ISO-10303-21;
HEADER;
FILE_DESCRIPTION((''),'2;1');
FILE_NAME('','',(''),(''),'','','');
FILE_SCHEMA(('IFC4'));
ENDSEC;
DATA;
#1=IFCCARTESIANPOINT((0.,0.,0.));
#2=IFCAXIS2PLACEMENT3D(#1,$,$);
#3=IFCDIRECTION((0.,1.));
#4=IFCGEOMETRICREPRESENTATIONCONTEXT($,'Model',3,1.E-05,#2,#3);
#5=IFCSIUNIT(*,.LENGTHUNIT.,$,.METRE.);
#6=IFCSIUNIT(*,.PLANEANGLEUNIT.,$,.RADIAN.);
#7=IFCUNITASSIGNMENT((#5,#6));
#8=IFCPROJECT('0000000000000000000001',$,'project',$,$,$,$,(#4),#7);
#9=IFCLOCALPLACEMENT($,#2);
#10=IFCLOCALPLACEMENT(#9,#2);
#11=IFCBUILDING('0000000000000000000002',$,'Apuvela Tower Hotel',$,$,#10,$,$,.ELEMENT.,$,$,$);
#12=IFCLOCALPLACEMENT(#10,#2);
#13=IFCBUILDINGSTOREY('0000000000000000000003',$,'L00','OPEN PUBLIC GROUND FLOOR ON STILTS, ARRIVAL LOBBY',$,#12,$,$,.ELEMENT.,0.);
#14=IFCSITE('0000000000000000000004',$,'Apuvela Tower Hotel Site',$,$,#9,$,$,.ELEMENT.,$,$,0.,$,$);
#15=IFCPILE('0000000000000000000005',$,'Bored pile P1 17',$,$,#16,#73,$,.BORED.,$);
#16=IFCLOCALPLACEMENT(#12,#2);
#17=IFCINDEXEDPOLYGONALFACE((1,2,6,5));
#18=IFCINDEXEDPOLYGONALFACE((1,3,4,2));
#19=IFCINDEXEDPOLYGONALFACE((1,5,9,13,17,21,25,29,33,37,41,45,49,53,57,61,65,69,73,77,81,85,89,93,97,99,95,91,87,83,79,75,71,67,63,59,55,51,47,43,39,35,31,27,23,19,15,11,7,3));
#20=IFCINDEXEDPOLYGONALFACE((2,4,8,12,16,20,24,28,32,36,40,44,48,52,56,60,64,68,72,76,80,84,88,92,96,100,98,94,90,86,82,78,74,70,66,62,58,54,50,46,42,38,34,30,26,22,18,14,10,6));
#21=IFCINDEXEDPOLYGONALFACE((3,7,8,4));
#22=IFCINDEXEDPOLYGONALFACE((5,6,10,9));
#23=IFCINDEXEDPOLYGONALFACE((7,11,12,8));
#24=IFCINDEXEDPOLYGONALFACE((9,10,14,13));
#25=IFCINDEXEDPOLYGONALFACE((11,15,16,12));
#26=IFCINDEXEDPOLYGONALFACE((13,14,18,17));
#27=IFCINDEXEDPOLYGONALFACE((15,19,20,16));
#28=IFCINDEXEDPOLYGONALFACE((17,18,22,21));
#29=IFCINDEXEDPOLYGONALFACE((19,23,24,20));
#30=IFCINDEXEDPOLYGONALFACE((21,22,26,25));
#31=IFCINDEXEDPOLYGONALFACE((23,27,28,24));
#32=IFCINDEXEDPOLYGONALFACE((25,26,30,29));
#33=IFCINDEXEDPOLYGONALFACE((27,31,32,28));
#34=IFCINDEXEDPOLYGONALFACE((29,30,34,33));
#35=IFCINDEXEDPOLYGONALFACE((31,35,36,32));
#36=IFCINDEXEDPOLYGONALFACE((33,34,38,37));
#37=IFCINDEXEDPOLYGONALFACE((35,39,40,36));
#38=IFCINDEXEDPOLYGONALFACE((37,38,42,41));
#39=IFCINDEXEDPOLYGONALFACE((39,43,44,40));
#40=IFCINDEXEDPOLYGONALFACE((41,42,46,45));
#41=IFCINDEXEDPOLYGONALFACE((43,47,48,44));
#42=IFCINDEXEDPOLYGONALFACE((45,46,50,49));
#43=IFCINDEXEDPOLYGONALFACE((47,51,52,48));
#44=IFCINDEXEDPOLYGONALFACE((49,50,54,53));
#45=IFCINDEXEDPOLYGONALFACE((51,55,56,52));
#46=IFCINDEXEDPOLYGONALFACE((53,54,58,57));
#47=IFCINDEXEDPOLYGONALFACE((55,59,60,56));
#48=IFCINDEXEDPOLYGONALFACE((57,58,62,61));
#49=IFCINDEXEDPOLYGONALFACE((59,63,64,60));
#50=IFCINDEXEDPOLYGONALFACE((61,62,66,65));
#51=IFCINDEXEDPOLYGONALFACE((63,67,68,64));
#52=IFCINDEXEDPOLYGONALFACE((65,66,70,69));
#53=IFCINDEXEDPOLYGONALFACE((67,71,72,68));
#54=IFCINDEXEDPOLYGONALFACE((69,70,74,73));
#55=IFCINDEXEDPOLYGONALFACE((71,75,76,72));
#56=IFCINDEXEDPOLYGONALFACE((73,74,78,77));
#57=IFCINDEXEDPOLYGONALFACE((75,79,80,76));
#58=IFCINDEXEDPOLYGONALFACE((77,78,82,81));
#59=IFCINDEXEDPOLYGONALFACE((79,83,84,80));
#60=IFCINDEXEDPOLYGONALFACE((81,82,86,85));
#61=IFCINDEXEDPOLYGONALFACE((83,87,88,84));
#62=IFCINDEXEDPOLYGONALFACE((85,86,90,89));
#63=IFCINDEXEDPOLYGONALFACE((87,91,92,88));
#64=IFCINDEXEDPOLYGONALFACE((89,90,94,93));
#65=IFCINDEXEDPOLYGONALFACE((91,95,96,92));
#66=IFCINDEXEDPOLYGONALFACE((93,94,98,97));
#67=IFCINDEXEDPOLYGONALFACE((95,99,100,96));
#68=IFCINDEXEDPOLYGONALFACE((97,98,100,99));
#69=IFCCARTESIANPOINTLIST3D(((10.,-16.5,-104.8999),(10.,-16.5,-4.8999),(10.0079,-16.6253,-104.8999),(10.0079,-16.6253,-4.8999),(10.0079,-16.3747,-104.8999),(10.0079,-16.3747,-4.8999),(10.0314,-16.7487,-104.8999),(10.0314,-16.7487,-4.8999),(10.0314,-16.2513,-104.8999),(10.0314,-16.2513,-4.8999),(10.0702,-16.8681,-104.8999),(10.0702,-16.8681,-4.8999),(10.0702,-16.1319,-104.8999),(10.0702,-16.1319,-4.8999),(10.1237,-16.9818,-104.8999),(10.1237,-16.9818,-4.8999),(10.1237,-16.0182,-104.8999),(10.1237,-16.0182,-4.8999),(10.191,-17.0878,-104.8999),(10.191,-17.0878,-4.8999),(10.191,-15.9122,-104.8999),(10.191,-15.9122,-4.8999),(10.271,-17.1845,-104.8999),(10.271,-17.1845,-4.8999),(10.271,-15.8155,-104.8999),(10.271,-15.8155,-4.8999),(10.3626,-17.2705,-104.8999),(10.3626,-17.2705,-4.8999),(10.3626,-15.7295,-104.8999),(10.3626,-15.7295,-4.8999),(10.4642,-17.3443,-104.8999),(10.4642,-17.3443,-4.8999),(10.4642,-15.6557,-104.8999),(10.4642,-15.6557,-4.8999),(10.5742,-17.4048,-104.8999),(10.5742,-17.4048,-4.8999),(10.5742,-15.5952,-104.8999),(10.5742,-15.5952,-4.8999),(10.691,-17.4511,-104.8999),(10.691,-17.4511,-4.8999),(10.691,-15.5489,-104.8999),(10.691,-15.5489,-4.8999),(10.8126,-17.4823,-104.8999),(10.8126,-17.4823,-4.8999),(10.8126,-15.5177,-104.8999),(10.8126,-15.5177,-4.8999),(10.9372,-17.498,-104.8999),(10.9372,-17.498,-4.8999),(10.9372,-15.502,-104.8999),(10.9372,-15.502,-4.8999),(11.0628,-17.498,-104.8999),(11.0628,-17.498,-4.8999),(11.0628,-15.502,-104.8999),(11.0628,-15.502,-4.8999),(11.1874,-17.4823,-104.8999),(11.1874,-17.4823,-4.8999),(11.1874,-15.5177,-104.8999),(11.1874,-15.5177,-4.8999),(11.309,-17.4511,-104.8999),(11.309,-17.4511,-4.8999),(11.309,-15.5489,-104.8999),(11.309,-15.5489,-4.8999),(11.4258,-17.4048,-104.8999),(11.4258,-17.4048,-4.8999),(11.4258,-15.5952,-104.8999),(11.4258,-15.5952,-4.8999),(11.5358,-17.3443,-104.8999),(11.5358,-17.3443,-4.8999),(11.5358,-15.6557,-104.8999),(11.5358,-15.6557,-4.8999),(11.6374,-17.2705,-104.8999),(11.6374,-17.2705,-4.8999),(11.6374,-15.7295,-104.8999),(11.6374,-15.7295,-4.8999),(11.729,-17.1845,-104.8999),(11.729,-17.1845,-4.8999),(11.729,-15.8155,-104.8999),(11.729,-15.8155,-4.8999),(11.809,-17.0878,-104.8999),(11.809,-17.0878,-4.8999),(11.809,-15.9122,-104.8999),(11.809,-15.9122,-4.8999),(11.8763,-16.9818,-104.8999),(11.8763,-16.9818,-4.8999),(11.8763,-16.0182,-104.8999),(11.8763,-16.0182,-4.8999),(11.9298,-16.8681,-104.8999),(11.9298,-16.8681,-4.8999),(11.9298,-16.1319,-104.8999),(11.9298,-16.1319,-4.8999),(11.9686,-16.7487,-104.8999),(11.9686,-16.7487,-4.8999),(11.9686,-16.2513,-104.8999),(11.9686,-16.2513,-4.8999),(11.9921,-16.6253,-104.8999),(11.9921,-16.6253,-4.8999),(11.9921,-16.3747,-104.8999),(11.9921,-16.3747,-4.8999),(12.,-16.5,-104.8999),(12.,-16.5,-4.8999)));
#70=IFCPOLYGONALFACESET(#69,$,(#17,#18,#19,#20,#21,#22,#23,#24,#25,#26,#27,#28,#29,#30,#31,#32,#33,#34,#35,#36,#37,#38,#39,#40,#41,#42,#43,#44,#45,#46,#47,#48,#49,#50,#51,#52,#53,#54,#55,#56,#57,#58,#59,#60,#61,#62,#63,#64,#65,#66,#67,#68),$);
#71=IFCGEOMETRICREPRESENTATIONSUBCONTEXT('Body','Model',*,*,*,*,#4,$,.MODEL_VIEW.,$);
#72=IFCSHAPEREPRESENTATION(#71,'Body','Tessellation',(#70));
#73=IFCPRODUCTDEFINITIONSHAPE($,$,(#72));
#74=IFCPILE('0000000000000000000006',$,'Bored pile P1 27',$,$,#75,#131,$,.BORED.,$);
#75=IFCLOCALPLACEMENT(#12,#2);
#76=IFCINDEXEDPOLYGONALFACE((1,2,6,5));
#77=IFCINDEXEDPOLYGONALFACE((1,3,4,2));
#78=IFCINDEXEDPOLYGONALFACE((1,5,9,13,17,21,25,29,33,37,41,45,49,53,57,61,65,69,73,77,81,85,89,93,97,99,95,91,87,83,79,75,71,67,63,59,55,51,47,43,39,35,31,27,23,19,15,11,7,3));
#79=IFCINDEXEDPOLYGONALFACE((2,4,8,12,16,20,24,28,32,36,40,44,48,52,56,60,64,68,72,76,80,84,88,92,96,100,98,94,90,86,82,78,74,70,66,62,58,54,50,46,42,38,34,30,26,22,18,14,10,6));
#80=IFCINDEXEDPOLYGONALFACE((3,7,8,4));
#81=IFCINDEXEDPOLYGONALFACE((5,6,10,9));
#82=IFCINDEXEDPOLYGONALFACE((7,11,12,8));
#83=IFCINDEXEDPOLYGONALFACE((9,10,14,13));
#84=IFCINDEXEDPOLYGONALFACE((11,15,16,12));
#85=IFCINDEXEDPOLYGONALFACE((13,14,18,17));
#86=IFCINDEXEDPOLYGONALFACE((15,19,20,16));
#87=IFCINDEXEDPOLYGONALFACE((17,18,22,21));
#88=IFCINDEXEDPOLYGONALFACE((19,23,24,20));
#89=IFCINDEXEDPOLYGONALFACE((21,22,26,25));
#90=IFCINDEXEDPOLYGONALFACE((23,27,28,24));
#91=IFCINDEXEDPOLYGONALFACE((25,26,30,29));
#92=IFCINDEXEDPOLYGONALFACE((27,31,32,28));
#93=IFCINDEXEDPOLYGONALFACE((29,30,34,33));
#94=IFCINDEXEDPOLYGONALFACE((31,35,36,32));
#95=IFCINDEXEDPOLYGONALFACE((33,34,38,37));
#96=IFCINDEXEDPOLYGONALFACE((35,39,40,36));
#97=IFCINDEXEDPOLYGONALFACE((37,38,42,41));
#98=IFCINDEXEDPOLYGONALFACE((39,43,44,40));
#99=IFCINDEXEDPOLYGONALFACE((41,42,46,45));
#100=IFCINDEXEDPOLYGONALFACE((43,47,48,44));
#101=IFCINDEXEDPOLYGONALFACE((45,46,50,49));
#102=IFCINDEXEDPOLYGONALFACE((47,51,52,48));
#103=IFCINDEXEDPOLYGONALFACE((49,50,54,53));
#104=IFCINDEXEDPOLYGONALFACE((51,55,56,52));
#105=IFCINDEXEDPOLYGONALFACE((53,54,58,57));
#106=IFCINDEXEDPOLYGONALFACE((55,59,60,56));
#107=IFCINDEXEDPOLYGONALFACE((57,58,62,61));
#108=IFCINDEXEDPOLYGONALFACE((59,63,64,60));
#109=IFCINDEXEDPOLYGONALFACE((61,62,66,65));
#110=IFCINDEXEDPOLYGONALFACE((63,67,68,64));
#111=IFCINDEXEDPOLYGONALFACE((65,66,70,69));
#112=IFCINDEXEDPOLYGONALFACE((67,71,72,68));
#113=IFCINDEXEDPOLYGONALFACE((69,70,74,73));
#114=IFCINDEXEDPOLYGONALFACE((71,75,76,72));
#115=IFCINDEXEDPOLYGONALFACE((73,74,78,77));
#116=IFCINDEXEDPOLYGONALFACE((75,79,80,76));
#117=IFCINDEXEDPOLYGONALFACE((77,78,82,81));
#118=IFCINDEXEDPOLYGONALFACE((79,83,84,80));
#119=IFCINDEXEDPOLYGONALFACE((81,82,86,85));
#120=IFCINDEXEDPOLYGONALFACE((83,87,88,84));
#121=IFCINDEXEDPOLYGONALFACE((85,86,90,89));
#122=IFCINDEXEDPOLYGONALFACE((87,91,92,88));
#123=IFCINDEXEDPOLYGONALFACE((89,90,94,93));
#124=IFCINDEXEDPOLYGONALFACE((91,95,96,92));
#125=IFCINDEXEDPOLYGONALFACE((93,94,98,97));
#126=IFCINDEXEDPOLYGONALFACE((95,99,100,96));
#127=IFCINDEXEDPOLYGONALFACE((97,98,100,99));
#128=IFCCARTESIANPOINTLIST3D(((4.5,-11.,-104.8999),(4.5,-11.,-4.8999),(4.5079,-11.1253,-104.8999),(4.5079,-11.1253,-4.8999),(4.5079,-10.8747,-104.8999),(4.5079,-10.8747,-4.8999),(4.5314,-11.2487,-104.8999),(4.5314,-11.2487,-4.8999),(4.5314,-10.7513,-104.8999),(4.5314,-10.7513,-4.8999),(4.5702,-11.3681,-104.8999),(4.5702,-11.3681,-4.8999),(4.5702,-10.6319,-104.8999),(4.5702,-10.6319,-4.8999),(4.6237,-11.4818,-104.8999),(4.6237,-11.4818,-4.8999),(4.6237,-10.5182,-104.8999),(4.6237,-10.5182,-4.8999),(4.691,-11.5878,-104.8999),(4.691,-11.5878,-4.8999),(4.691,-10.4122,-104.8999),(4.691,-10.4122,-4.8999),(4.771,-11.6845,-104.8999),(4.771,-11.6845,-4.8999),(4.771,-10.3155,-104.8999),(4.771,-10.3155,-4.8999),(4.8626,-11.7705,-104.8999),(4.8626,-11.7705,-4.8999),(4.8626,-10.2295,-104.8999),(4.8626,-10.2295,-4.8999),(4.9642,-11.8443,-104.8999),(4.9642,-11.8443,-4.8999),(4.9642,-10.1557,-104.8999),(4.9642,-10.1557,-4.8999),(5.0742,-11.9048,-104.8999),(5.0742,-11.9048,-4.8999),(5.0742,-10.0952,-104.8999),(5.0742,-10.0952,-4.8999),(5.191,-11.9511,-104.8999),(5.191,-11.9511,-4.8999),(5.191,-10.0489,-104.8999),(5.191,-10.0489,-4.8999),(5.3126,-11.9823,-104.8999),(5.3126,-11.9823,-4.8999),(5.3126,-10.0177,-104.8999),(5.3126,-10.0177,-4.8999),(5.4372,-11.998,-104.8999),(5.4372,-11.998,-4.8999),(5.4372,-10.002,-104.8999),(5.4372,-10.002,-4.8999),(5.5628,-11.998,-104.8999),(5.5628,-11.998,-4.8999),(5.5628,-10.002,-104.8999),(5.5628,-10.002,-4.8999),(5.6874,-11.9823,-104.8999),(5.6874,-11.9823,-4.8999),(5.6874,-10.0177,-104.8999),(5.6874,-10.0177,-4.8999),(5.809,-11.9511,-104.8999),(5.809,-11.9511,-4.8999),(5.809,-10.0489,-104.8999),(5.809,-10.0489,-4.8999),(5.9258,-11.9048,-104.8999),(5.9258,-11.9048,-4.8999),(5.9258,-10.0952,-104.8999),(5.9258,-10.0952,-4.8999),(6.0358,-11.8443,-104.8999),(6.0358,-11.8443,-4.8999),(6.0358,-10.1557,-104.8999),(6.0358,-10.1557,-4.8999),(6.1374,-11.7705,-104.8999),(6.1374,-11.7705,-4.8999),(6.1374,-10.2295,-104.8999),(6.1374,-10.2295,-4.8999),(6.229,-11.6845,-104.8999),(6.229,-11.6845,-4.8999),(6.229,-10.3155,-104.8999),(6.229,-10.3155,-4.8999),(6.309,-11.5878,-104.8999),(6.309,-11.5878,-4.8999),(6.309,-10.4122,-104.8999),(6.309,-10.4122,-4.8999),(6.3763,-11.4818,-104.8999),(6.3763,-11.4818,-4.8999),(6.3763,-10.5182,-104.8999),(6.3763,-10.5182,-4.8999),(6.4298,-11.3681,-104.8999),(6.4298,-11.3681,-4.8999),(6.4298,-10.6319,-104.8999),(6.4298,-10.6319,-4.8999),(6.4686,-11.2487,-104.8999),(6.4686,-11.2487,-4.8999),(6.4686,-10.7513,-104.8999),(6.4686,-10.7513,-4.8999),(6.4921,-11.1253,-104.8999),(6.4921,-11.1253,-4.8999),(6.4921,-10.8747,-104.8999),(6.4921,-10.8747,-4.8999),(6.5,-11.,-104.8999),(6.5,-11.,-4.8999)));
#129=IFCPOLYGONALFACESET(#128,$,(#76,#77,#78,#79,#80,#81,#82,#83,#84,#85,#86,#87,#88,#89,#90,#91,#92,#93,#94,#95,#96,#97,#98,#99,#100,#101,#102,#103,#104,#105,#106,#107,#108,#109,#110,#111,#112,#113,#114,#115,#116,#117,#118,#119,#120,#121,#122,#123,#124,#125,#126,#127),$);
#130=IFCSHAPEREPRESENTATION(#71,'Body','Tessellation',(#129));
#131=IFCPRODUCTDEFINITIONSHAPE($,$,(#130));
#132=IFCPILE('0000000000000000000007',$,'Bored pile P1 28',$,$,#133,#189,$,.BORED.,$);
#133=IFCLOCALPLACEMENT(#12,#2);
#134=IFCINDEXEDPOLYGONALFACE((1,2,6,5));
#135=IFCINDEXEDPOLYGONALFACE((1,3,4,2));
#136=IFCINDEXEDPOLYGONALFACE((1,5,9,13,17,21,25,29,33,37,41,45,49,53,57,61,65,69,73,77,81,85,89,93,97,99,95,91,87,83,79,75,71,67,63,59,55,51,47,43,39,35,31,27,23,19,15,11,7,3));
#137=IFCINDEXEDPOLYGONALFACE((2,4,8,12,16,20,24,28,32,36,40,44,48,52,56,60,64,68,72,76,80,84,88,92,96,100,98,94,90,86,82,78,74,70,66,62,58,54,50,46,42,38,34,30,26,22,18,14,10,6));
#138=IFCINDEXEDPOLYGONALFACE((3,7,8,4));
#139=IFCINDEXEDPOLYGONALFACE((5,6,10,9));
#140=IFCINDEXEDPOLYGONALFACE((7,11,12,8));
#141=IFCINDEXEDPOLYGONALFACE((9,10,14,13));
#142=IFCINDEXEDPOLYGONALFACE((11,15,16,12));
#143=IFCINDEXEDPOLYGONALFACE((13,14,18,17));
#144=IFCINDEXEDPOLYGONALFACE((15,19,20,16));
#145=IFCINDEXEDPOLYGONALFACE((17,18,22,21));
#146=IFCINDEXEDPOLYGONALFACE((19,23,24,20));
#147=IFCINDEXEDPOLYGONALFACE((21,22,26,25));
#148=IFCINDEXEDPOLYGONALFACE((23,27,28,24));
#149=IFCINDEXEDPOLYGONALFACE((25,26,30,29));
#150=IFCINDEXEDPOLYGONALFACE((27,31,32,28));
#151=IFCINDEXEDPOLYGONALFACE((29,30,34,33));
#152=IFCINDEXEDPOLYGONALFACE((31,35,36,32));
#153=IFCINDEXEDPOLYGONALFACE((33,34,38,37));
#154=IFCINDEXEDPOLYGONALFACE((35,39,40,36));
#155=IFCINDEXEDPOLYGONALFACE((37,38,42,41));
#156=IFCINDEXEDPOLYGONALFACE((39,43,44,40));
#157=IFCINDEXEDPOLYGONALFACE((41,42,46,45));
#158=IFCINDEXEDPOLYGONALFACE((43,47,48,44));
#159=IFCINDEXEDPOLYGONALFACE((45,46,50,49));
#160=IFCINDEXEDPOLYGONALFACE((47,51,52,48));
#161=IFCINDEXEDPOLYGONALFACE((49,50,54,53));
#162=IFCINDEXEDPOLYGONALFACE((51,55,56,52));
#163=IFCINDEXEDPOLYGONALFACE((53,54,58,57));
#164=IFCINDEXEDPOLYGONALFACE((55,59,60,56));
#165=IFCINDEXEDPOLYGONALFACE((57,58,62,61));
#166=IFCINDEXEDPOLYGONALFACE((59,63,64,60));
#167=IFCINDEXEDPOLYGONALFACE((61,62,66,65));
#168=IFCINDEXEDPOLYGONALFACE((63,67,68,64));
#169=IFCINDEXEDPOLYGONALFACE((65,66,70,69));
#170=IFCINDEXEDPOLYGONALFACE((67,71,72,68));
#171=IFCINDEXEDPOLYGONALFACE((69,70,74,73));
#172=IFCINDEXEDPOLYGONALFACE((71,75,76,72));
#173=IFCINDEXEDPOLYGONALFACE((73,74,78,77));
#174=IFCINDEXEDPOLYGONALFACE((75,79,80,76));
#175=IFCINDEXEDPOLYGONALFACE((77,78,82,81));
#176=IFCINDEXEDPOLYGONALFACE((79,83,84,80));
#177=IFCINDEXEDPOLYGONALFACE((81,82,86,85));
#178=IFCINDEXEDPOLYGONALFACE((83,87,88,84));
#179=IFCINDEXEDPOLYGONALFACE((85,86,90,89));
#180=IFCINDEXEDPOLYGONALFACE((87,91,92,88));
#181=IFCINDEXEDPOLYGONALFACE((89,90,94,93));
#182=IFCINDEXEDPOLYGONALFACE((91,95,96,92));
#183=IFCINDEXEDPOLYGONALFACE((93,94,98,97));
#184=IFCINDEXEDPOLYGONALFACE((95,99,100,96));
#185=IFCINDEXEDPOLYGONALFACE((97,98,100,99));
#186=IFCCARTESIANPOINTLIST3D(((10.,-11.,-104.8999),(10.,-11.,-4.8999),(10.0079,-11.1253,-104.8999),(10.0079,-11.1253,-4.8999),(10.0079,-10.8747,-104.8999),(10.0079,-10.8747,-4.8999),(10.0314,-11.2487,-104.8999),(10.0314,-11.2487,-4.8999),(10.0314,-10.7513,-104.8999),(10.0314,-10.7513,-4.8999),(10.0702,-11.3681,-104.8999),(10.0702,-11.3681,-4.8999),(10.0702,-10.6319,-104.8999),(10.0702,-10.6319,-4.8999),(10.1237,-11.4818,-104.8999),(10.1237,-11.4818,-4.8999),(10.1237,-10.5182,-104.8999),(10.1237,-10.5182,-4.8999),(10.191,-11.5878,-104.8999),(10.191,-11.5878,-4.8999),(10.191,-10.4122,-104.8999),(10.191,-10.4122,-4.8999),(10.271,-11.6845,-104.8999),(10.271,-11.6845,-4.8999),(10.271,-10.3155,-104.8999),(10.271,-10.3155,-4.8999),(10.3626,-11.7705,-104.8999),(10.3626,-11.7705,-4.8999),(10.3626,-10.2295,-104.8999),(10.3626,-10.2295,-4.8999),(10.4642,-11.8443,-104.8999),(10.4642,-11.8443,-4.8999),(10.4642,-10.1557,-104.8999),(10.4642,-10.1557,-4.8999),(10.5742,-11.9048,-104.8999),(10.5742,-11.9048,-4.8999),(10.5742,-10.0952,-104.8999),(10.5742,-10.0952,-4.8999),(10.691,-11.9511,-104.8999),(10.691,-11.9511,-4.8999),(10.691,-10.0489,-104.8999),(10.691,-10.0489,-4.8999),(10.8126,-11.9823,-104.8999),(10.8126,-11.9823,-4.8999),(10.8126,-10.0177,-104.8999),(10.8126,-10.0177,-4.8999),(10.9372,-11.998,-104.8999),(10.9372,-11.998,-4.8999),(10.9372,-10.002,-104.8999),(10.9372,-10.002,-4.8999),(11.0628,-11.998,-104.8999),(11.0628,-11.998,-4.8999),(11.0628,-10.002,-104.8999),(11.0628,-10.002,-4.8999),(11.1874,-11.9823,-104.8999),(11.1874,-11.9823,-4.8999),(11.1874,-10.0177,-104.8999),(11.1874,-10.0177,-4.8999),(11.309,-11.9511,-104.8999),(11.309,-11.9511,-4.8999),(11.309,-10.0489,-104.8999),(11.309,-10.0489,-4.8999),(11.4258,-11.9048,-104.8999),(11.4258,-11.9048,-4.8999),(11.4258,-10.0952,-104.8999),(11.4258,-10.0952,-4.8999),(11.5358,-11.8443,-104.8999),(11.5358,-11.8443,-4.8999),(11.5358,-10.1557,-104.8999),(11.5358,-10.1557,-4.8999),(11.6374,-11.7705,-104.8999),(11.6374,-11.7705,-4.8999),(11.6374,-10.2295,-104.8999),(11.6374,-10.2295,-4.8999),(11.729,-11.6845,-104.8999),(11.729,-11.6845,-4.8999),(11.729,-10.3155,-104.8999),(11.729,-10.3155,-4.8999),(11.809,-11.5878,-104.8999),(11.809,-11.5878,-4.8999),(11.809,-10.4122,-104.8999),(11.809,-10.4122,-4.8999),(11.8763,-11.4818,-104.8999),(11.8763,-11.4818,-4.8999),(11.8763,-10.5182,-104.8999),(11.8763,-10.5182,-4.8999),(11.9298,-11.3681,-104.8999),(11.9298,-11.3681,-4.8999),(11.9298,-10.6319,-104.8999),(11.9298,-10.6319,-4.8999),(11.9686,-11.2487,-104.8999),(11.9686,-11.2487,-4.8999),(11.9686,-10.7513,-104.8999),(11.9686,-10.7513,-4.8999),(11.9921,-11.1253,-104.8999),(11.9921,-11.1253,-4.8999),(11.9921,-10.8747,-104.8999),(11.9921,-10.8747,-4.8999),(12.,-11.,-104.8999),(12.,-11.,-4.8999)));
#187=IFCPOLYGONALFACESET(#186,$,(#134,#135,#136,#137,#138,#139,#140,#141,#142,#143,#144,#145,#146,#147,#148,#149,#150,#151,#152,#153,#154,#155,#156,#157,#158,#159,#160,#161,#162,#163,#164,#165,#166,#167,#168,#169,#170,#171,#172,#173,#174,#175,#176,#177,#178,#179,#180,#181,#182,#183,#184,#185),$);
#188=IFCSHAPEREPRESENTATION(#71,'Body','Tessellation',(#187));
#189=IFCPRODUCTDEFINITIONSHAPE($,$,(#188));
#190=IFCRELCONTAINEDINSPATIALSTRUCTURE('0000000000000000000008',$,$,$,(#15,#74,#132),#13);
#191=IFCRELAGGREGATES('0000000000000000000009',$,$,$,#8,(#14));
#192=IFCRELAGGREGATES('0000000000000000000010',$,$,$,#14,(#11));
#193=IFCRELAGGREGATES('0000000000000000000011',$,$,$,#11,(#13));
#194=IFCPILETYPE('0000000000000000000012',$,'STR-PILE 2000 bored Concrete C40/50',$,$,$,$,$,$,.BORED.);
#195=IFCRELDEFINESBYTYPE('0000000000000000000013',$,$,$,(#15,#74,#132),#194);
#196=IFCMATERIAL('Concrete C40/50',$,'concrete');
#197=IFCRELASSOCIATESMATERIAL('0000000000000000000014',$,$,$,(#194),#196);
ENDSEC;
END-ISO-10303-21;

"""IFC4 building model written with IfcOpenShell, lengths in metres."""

from ifc_helpers import new_model, si_unit, direction, frame, origin, origin_2d, place, context, subcontext, project, spatial, circle, extrude, material, material_profile, profile_set, type_object, element, save


model = new_model("IFC4")

# Units and contexts
model_context = context("Model", 3, precision=1e-05, world=origin(), true_north=direction((0.0, 1.0)))
body_context = subcontext(model_context, "Body", "Model", "MODEL_VIEW")
ifc_project = project(units=[si_unit("LENGTHUNIT", "METRE"), si_unit("PLANEANGLEUNIT", "RADIAN")], contexts=[model_context])

# Site, building, storey
site_placement = place(None, origin())
site = spatial("IfcSite", under=ifc_project, at=site_placement, Name="Apuvela Tower Hotel Site", CompositionType="ELEMENT", RefElevation=0.0)
building_placement = place(site_placement, origin())
building = spatial("IfcBuilding", under=site, at=building_placement, Name="Apuvela Tower Hotel", CompositionType="ELEMENT")
storey_placement = place(building_placement, origin())
storey = spatial("IfcBuildingStorey", under=building, at=storey_placement, Name="L00", Description="OPEN PUBLIC GROUND FLOOR ON STILTS, ARRIVAL LOBBY", CompositionType="ELEMENT", Elevation=0.0)

# Piles
ifc_material_1 = material(Name="Concrete C40/50", Category="concrete")
ifc_material_profile_1 = material_profile(ifc_material_1, circle(Radius=1.0, at=origin_2d()), Name="PILE 2000")
ifc_profile_set_1 = profile_set([ifc_material_profile_1], Name="Concrete C40/50")
pile_type = type_object("IfcPileType", Name="STR-PILE 2000 bored Concrete C40/50", PredefinedType="BORED", material=ifc_profile_set_1)
for number, where, z_axis, x_axis, name in (
    (1, (11.0, -16.5, -4.8999), (0.0, 0.0, -1.0), (1.0, 0.0, 0.0), "Bored pile P1 17"),
    (2, (5.5, -11.0, -4.8999), (0.0, 0.0, -1.0), (1.0, 0.0, 0.0), "Bored pile P1 27"),
    (3, (11.0, -11.0, -4.8999), (0.0, 0.0, -1.0), (1.0, 0.0, 0.0), "Bored pile P1 28"),
):
    element("IfcPile", number, at=place(storey_placement, frame(where, z_axis=z_axis, x_axis=x_axis)), inside=storey, type_object=pile_type, Name=name, PredefinedType="BORED", context=body_context, shape_type="SweptSolid", body=[
        extrude(circle(Radius=1.0, at=origin_2d()), origin(), (0.0, 0.0, 1.0), 100.0),
    ])

save(model, "model.ifc")
